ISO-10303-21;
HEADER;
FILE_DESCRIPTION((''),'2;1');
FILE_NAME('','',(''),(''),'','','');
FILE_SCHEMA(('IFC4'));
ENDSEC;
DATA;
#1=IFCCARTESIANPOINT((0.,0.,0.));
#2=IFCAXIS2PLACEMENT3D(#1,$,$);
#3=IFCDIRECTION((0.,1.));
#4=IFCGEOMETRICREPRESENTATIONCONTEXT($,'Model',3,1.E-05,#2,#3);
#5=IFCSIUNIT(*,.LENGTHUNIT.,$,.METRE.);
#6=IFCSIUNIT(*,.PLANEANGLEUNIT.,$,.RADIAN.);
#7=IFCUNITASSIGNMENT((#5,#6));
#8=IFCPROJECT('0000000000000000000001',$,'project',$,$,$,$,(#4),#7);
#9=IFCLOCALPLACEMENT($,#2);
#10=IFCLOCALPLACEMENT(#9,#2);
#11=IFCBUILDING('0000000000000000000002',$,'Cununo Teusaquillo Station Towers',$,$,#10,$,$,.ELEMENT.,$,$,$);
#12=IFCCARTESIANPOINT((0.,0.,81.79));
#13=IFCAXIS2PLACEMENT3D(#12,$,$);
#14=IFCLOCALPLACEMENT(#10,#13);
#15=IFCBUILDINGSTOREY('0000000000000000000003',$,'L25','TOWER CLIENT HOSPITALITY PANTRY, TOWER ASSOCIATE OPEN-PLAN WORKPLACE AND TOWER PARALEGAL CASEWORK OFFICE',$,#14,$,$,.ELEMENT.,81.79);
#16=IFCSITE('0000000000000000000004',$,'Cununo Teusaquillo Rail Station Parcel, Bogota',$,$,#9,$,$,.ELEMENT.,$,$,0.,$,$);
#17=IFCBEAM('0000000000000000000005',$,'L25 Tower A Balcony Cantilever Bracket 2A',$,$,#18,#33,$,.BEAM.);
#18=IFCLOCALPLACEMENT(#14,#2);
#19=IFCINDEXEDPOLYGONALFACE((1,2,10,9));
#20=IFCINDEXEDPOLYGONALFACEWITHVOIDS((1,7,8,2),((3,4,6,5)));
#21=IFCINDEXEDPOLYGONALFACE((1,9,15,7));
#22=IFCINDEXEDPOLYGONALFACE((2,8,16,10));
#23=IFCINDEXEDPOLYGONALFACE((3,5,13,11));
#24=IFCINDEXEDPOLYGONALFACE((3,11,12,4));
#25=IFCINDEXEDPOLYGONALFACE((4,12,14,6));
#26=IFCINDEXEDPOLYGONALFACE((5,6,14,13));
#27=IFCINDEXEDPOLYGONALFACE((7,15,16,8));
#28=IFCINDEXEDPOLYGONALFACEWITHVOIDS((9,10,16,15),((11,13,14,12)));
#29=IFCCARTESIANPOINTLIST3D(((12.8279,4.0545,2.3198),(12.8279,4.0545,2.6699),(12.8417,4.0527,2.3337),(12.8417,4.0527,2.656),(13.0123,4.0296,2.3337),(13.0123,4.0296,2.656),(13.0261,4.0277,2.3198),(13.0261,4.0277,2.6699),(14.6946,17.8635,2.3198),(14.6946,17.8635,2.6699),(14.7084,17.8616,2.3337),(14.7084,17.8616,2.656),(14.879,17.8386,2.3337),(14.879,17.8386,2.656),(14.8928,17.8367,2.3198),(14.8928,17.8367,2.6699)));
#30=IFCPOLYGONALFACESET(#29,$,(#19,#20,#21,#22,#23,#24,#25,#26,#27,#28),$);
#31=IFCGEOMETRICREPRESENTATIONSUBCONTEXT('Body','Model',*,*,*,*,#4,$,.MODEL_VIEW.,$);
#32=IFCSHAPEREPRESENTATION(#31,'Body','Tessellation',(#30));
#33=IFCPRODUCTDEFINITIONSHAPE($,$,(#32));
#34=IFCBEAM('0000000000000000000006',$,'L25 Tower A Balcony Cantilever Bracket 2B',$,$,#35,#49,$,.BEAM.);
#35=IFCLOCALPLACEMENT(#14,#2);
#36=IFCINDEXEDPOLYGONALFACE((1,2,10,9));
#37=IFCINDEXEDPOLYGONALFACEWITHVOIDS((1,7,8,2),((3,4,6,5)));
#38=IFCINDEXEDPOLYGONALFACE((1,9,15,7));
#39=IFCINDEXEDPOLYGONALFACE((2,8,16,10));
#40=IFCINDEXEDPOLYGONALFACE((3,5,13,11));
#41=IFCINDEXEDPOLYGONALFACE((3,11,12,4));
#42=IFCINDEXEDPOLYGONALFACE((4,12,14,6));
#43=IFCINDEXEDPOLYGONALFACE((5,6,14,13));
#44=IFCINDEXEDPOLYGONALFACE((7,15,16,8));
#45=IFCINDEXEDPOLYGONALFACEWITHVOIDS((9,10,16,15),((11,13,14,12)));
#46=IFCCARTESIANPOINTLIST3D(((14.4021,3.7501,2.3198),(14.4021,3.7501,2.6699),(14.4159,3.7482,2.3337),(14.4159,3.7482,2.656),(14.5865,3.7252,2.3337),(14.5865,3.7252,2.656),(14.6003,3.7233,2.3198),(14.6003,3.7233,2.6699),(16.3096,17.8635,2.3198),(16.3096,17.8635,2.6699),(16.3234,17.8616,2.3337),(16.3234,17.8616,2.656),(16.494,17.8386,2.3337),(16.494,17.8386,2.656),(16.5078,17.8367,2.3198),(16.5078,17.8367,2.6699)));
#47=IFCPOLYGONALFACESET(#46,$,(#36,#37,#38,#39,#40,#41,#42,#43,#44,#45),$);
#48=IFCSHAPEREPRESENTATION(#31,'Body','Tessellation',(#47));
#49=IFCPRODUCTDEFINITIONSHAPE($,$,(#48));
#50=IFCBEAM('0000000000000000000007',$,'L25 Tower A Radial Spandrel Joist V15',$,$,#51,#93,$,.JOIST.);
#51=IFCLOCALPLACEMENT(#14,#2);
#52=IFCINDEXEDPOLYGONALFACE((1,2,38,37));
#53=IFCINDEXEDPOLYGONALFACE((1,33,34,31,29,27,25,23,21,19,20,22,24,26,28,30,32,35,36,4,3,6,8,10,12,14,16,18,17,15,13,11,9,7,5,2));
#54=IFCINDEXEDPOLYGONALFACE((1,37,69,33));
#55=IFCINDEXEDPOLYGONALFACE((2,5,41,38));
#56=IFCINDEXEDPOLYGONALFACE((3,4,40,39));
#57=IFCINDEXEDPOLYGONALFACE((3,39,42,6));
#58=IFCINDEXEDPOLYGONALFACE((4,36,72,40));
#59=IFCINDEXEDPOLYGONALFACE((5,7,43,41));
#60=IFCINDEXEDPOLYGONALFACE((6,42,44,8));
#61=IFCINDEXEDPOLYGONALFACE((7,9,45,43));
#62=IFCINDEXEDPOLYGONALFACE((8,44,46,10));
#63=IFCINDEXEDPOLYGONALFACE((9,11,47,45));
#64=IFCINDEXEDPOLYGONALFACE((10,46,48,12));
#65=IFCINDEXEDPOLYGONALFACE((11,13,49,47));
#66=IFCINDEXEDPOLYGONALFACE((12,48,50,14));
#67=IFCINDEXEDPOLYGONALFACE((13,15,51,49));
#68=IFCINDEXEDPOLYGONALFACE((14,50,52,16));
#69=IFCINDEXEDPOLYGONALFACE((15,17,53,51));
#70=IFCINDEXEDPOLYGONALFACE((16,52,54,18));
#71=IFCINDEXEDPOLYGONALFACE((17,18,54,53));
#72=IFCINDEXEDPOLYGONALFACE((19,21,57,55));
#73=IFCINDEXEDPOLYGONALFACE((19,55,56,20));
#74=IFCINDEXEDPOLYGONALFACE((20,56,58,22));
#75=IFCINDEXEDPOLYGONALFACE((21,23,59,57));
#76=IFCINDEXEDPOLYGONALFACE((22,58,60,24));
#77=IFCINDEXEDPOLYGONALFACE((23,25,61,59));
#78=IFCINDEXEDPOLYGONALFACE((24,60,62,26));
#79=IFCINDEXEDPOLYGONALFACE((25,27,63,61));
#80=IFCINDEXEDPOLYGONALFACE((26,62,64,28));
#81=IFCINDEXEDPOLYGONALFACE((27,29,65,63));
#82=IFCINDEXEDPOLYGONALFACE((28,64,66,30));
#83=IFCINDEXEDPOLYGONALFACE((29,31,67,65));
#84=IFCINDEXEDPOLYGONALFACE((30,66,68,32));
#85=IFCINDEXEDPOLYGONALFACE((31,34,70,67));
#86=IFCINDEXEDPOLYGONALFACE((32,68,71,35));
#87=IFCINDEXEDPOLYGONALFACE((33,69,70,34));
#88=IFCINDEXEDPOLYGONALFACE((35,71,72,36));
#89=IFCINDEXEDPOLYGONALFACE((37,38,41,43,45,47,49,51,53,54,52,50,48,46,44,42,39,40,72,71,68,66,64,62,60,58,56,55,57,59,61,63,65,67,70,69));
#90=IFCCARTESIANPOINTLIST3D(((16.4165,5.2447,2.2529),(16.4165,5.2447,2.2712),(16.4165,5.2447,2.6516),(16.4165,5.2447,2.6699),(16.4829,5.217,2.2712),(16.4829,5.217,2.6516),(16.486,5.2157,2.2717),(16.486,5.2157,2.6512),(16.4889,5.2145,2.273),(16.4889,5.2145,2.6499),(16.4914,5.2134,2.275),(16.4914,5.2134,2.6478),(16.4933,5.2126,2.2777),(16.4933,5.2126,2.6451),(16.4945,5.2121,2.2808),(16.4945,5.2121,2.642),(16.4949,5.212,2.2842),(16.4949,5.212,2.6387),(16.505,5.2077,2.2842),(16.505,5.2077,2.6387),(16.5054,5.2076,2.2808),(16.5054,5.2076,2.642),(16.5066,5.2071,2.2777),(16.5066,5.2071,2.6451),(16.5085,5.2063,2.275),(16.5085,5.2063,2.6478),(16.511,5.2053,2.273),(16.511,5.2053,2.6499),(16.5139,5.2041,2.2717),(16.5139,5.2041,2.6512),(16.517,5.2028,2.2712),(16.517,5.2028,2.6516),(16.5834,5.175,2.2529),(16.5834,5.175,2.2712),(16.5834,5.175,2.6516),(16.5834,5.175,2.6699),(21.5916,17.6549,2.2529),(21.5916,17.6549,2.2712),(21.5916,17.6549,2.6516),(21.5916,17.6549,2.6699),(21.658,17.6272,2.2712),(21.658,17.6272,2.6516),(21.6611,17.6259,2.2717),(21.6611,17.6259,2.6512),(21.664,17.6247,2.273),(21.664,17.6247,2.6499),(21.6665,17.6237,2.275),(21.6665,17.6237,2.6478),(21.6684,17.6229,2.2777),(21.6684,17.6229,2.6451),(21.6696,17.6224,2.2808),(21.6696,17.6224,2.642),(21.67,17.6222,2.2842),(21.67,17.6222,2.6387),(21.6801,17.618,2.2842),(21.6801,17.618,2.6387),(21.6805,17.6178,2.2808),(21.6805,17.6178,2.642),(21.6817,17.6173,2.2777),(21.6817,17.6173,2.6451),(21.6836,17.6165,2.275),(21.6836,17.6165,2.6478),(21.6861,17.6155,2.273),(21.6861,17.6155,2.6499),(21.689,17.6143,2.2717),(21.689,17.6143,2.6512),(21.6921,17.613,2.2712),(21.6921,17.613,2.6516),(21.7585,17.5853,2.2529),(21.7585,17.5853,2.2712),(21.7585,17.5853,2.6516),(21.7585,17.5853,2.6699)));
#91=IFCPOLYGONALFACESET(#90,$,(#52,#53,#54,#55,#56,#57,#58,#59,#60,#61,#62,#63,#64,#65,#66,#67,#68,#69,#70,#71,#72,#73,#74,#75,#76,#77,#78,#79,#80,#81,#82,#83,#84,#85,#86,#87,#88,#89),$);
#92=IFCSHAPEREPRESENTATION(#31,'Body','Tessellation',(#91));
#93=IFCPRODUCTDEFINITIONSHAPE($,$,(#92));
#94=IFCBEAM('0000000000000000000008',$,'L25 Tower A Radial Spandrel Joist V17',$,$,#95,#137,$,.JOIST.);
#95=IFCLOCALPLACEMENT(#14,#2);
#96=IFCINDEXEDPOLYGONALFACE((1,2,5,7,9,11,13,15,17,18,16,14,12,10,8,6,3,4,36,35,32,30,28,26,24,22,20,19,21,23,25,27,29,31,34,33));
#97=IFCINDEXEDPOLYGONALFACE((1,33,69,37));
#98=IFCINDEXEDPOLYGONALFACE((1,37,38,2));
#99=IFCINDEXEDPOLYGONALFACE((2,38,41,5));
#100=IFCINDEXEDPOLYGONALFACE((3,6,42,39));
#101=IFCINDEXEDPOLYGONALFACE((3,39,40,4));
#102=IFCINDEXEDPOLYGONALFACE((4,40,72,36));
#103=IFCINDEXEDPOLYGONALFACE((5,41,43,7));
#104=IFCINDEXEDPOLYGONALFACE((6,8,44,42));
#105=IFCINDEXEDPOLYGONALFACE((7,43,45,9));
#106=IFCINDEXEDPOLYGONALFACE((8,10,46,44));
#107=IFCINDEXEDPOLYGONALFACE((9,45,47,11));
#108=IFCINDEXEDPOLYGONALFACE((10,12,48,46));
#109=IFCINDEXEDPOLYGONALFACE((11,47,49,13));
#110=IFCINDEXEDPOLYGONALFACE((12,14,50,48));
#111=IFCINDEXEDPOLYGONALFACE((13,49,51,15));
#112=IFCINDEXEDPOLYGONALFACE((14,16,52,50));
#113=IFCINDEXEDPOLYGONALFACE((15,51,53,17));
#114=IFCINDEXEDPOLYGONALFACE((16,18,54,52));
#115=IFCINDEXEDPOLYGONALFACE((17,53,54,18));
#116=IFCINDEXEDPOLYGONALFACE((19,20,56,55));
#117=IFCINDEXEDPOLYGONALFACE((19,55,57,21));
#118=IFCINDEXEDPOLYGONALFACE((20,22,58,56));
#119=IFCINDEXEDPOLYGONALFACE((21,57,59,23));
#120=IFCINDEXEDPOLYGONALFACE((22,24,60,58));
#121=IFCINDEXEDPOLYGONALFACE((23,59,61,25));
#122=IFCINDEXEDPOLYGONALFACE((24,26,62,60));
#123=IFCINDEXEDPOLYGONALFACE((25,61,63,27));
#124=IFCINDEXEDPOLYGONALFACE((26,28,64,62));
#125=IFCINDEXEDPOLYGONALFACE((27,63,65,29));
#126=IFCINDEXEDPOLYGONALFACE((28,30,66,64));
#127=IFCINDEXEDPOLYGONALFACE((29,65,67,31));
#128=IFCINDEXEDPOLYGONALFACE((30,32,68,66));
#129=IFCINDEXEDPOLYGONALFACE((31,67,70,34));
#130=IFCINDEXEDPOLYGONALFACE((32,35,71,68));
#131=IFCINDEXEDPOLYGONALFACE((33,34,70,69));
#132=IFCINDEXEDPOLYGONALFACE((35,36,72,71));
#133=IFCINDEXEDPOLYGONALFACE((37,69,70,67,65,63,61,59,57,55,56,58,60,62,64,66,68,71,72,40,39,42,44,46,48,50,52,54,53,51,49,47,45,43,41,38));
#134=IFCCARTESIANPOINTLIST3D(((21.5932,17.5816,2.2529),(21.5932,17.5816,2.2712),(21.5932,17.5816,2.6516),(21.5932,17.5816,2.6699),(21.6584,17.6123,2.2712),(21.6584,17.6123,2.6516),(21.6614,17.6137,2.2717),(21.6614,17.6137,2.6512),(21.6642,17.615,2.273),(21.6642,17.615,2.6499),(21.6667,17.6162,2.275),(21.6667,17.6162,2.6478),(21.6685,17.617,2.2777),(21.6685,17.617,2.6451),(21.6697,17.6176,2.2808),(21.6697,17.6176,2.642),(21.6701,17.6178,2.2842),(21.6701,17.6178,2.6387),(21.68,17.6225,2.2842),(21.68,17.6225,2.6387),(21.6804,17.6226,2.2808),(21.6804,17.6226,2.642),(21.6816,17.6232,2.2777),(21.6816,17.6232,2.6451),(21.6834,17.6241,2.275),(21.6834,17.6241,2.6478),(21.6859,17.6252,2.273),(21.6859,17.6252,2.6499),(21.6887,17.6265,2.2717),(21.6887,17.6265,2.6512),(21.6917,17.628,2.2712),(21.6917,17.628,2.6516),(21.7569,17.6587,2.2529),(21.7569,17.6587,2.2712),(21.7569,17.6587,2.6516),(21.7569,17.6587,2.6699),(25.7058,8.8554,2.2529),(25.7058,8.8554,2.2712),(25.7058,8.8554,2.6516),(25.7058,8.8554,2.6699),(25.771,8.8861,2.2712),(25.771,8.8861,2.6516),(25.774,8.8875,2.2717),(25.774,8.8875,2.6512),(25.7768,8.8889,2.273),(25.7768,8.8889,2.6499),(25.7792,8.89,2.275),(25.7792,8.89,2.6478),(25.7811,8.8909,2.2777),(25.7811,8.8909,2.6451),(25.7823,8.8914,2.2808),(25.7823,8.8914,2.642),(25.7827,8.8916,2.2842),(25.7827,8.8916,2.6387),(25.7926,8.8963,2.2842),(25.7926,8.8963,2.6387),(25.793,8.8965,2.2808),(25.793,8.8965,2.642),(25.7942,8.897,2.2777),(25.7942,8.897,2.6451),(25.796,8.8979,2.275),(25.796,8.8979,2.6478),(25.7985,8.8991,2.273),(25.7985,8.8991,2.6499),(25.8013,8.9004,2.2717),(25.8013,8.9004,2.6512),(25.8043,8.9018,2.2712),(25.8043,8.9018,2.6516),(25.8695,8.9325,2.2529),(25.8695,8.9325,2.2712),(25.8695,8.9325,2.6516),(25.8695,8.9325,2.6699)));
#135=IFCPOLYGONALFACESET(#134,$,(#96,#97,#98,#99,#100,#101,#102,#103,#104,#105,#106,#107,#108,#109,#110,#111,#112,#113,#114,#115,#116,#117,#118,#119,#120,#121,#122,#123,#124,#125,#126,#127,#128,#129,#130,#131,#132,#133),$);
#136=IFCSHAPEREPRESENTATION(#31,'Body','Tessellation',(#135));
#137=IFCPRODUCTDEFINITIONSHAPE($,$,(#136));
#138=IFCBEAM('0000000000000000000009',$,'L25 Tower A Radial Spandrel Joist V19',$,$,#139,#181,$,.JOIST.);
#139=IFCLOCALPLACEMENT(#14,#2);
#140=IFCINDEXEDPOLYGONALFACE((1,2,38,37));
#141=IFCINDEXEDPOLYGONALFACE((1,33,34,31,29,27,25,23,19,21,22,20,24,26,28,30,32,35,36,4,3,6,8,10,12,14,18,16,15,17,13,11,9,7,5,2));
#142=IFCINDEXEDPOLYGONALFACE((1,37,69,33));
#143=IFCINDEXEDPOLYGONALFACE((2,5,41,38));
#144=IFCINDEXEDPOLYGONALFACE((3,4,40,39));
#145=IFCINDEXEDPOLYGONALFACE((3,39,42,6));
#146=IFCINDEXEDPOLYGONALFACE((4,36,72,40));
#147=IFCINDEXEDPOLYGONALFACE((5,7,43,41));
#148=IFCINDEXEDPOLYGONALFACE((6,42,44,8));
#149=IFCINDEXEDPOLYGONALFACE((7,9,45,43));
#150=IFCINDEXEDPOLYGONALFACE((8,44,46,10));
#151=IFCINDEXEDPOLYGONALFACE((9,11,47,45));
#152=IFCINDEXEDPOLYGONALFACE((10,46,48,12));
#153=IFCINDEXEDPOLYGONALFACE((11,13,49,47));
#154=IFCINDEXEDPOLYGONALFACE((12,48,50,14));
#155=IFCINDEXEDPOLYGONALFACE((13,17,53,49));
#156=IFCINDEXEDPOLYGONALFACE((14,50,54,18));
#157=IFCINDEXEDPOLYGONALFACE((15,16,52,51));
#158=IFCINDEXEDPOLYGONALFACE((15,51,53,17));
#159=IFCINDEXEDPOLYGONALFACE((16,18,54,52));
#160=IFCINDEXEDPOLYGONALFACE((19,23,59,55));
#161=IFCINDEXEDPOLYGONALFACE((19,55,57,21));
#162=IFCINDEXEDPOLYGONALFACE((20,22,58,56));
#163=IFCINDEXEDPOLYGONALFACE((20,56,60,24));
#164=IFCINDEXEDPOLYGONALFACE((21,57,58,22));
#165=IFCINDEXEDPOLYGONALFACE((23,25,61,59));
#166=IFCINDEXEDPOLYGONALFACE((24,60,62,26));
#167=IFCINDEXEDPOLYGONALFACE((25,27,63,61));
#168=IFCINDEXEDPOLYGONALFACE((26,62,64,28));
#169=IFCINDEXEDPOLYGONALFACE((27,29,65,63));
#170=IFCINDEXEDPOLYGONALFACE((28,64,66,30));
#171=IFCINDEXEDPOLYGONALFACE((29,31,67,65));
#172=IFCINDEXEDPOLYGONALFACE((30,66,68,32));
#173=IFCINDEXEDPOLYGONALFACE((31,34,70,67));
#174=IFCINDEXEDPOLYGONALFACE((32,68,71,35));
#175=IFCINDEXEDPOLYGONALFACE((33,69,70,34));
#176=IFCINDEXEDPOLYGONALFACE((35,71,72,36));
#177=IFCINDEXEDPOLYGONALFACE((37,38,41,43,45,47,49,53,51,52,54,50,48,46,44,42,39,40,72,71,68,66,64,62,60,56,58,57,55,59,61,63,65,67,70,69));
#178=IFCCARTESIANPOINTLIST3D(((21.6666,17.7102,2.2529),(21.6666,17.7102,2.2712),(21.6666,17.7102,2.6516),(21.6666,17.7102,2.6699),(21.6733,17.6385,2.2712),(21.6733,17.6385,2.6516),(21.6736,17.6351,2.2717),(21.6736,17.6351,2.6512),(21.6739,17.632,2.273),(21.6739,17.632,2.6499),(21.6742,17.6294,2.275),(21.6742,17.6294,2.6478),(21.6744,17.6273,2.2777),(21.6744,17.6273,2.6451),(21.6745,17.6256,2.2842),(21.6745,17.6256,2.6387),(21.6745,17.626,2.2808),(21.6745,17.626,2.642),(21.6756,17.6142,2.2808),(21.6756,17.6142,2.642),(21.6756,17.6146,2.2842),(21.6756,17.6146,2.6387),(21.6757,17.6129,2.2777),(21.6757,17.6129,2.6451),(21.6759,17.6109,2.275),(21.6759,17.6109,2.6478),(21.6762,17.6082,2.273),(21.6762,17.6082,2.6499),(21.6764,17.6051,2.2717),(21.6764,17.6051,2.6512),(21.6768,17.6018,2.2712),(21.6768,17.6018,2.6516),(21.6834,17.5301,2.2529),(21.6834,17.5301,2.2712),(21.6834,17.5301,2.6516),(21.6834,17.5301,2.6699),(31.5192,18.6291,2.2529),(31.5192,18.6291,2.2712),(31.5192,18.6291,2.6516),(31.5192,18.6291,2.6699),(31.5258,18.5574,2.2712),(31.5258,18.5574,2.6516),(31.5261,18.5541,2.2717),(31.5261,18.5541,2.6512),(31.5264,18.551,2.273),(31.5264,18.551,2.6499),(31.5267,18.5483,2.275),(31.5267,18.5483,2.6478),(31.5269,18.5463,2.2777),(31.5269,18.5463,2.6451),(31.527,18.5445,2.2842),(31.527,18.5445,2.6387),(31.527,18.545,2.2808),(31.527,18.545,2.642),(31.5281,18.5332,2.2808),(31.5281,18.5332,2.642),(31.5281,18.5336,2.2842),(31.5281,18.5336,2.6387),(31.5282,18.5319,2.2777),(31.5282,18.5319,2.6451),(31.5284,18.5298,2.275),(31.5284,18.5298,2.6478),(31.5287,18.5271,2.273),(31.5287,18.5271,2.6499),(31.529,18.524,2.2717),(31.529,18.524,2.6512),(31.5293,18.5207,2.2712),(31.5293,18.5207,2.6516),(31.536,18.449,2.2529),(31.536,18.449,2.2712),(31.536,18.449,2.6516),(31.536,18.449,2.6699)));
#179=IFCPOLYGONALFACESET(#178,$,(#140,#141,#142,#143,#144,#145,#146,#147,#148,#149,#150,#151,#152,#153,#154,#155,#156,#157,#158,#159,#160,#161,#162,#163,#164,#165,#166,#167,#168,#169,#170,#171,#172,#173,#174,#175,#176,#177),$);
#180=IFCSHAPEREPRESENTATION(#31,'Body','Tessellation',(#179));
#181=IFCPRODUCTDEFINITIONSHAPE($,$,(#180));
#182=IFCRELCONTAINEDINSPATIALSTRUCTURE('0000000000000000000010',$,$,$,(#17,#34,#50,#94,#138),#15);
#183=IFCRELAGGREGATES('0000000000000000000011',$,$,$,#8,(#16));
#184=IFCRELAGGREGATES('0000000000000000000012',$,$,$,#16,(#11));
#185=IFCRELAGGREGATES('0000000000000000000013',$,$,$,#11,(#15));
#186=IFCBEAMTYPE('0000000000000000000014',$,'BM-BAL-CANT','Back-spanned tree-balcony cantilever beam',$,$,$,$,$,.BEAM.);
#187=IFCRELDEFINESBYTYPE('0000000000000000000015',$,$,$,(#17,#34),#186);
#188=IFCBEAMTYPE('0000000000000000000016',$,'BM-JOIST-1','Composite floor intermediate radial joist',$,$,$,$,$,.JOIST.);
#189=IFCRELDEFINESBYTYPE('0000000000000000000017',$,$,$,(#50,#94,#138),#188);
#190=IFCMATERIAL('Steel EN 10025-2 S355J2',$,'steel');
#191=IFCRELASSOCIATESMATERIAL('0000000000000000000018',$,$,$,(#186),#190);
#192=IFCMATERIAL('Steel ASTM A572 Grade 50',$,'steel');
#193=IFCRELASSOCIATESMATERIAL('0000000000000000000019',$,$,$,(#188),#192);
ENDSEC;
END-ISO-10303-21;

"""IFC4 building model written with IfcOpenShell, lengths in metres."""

from ifc_helpers import new_model, si_unit, direction, frame, origin, origin_2d, place, context, subcontext, project, spatial, hollow_rectangle, i_section, extrude, material, material_profile, profile_set, type_object, element, save


model = new_model("IFC4")

# Units and contexts
model_context = context("Model", 3, precision=1e-05, world=origin(), true_north=direction((0.0, 1.0)))
body_context = subcontext(model_context, "Body", "Model", "MODEL_VIEW")
ifc_project = project(units=[si_unit("LENGTHUNIT", "METRE"), si_unit("PLANEANGLEUNIT", "RADIAN")], contexts=[model_context])

# Site, building, storey
site_placement = place(None, origin())
site = spatial("IfcSite", under=ifc_project, at=site_placement, Name="Cununo Teusaquillo Rail Station Parcel, Bogota", CompositionType="ELEMENT", RefElevation=0.0)
building_placement = place(site_placement, origin())
building = spatial("IfcBuilding", under=site, at=building_placement, Name="Cununo Teusaquillo Station Towers", CompositionType="ELEMENT")
storey_placement = place(building_placement, frame((0.0, 0.0, 81.79)))
storey = spatial("IfcBuildingStorey", under=building, at=storey_placement, Name="L25", Description="TOWER CLIENT HOSPITALITY PANTRY, TOWER ASSOCIATE OPEN-PLAN WORKPLACE AND TOWER PARALEGAL CASEWORK OFFICE", CompositionType="ELEMENT", Elevation=81.79)

# Beams
ifc_material_1 = material(Name="Steel EN 10025-2 S355J2", Category="steel")
ifc_material_profile_1 = material_profile(ifc_material_1, hollow_rectangle(XDim=0.2, YDim=0.3501, WallThickness=0.0139, at=origin_2d()), Name="RHS 350x200x14")
ifc_profile_set_1 = profile_set([ifc_material_profile_1], Name="Steel EN 10025-2 S355J2")
beam_type_1 = type_object("IfcBeamType", Name="BM-BAL-CANT", Description="Back-spanned tree-balcony cantilever beam", PredefinedType="BEAM", material=ifc_profile_set_1)
beam_1_placement = place(storey_placement, frame((14.7937, 17.8501, 2.4949), z_axis=(-0.133961, -0.990987, 0.0), x_axis=(0.990987, -0.133961, 0.0)))
element("IfcBeam", 1, at=beam_1_placement, inside=storey, type_object=beam_type_1, Name="L25 Tower A Balcony Cantilever Bracket 2A", PredefinedType="BEAM", context=body_context, shape_type="SweptSolid", body=[
    extrude(hollow_rectangle(XDim=0.2, YDim=0.3501, WallThickness=0.0139, at=origin_2d()), origin(), (0.0, 0.0, 1.0), 13.9346),
])
beam_2_placement = place(storey_placement, frame((16.4087, 17.8501, 2.4949), z_axis=(-0.133937, -0.99099, 0.0), x_axis=(0.99099, -0.133937, 0.0)))
element("IfcBeam", 2, at=beam_2_placement, inside=storey, type_object=beam_type_1, Name="L25 Tower A Balcony Cantilever Bracket 2B", PredefinedType="BEAM", context=body_context, shape_type="SweptSolid", body=[
    extrude(hollow_rectangle(XDim=0.2, YDim=0.3501, WallThickness=0.0139, at=origin_2d()), origin(), (0.0, 0.0, 1.0), 14.2417),
])
ifc_material_2 = material(Name="Steel ASTM A572 Grade 50", Category="steel")
ifc_material_profile_2 = material_profile(ifc_material_2, i_section(OverallWidth=0.1809, OverallDepth=0.417, WebThickness=0.011, FlangeThickness=0.0183, FilletRadius=0.0129, at=origin_2d()), Name="W16X57")
ifc_profile_set_2 = profile_set([ifc_material_profile_2], Name="Steel ASTM A572 Grade 50")
beam_type_2 = type_object("IfcBeamType", Name="BM-JOIST-1", Description="Composite floor intermediate radial joist", PredefinedType="JOIST", material=ifc_profile_set_2)
beam_3_placement = place(storey_placement, frame((21.675, 17.6201, 2.4614), z_axis=(-0.384878, -0.922967, 0.0), x_axis=(0.922967, -0.384878, 0.0)))
element("IfcBeam", 3, at=beam_3_placement, inside=storey, type_object=beam_type_2, Name="L25 Tower A Radial Spandrel Joist V15", PredefinedType="JOIST", context=body_context, shape_type="SweptSolid", body=[
    extrude(i_section(OverallWidth=0.1809, OverallDepth=0.417, WebThickness=0.011, FlangeThickness=0.0183, FilletRadius=0.0129, at=origin_2d()), origin(), (0.0, 0.0, 1.0), 13.446),
])
beam_4_placement = place(storey_placement, frame((21.675, 17.6201, 2.4614), z_axis=(0.42632, -0.904572, 0.0), x_axis=(0.904572, 0.42632, 0.0)))
element("IfcBeam", 4, at=beam_4_placement, inside=storey, type_object=beam_type_2, Name="L25 Tower A Radial Spandrel Joist V17", PredefinedType="JOIST", context=body_context, shape_type="SweptSolid", body=[
    extrude(i_section(OverallWidth=0.1809, OverallDepth=0.417, WebThickness=0.011, FlangeThickness=0.0183, FilletRadius=0.0129, at=origin_2d()), origin(), (0.0, 0.0, 1.0), 9.6467),
])
beam_5_placement = place(storey_placement, frame((21.675, 17.6201, 2.4614), z_axis=(0.995679, 0.092867, 0.0), x_axis=(-0.092867, 0.995679, 0.0)))
element("IfcBeam", 5, at=beam_5_placement, inside=storey, type_object=beam_type_2, Name="L25 Tower A Radial Spandrel Joist V19", PredefinedType="JOIST", context=body_context, shape_type="SweptSolid", body=[
    extrude(i_section(OverallWidth=0.1809, OverallDepth=0.417, WebThickness=0.011, FlangeThickness=0.0183, FilletRadius=0.0129, at=origin_2d()), origin(), (0.0, 0.0, 1.0), 9.8953),
])

save(model, "model.ifc")
